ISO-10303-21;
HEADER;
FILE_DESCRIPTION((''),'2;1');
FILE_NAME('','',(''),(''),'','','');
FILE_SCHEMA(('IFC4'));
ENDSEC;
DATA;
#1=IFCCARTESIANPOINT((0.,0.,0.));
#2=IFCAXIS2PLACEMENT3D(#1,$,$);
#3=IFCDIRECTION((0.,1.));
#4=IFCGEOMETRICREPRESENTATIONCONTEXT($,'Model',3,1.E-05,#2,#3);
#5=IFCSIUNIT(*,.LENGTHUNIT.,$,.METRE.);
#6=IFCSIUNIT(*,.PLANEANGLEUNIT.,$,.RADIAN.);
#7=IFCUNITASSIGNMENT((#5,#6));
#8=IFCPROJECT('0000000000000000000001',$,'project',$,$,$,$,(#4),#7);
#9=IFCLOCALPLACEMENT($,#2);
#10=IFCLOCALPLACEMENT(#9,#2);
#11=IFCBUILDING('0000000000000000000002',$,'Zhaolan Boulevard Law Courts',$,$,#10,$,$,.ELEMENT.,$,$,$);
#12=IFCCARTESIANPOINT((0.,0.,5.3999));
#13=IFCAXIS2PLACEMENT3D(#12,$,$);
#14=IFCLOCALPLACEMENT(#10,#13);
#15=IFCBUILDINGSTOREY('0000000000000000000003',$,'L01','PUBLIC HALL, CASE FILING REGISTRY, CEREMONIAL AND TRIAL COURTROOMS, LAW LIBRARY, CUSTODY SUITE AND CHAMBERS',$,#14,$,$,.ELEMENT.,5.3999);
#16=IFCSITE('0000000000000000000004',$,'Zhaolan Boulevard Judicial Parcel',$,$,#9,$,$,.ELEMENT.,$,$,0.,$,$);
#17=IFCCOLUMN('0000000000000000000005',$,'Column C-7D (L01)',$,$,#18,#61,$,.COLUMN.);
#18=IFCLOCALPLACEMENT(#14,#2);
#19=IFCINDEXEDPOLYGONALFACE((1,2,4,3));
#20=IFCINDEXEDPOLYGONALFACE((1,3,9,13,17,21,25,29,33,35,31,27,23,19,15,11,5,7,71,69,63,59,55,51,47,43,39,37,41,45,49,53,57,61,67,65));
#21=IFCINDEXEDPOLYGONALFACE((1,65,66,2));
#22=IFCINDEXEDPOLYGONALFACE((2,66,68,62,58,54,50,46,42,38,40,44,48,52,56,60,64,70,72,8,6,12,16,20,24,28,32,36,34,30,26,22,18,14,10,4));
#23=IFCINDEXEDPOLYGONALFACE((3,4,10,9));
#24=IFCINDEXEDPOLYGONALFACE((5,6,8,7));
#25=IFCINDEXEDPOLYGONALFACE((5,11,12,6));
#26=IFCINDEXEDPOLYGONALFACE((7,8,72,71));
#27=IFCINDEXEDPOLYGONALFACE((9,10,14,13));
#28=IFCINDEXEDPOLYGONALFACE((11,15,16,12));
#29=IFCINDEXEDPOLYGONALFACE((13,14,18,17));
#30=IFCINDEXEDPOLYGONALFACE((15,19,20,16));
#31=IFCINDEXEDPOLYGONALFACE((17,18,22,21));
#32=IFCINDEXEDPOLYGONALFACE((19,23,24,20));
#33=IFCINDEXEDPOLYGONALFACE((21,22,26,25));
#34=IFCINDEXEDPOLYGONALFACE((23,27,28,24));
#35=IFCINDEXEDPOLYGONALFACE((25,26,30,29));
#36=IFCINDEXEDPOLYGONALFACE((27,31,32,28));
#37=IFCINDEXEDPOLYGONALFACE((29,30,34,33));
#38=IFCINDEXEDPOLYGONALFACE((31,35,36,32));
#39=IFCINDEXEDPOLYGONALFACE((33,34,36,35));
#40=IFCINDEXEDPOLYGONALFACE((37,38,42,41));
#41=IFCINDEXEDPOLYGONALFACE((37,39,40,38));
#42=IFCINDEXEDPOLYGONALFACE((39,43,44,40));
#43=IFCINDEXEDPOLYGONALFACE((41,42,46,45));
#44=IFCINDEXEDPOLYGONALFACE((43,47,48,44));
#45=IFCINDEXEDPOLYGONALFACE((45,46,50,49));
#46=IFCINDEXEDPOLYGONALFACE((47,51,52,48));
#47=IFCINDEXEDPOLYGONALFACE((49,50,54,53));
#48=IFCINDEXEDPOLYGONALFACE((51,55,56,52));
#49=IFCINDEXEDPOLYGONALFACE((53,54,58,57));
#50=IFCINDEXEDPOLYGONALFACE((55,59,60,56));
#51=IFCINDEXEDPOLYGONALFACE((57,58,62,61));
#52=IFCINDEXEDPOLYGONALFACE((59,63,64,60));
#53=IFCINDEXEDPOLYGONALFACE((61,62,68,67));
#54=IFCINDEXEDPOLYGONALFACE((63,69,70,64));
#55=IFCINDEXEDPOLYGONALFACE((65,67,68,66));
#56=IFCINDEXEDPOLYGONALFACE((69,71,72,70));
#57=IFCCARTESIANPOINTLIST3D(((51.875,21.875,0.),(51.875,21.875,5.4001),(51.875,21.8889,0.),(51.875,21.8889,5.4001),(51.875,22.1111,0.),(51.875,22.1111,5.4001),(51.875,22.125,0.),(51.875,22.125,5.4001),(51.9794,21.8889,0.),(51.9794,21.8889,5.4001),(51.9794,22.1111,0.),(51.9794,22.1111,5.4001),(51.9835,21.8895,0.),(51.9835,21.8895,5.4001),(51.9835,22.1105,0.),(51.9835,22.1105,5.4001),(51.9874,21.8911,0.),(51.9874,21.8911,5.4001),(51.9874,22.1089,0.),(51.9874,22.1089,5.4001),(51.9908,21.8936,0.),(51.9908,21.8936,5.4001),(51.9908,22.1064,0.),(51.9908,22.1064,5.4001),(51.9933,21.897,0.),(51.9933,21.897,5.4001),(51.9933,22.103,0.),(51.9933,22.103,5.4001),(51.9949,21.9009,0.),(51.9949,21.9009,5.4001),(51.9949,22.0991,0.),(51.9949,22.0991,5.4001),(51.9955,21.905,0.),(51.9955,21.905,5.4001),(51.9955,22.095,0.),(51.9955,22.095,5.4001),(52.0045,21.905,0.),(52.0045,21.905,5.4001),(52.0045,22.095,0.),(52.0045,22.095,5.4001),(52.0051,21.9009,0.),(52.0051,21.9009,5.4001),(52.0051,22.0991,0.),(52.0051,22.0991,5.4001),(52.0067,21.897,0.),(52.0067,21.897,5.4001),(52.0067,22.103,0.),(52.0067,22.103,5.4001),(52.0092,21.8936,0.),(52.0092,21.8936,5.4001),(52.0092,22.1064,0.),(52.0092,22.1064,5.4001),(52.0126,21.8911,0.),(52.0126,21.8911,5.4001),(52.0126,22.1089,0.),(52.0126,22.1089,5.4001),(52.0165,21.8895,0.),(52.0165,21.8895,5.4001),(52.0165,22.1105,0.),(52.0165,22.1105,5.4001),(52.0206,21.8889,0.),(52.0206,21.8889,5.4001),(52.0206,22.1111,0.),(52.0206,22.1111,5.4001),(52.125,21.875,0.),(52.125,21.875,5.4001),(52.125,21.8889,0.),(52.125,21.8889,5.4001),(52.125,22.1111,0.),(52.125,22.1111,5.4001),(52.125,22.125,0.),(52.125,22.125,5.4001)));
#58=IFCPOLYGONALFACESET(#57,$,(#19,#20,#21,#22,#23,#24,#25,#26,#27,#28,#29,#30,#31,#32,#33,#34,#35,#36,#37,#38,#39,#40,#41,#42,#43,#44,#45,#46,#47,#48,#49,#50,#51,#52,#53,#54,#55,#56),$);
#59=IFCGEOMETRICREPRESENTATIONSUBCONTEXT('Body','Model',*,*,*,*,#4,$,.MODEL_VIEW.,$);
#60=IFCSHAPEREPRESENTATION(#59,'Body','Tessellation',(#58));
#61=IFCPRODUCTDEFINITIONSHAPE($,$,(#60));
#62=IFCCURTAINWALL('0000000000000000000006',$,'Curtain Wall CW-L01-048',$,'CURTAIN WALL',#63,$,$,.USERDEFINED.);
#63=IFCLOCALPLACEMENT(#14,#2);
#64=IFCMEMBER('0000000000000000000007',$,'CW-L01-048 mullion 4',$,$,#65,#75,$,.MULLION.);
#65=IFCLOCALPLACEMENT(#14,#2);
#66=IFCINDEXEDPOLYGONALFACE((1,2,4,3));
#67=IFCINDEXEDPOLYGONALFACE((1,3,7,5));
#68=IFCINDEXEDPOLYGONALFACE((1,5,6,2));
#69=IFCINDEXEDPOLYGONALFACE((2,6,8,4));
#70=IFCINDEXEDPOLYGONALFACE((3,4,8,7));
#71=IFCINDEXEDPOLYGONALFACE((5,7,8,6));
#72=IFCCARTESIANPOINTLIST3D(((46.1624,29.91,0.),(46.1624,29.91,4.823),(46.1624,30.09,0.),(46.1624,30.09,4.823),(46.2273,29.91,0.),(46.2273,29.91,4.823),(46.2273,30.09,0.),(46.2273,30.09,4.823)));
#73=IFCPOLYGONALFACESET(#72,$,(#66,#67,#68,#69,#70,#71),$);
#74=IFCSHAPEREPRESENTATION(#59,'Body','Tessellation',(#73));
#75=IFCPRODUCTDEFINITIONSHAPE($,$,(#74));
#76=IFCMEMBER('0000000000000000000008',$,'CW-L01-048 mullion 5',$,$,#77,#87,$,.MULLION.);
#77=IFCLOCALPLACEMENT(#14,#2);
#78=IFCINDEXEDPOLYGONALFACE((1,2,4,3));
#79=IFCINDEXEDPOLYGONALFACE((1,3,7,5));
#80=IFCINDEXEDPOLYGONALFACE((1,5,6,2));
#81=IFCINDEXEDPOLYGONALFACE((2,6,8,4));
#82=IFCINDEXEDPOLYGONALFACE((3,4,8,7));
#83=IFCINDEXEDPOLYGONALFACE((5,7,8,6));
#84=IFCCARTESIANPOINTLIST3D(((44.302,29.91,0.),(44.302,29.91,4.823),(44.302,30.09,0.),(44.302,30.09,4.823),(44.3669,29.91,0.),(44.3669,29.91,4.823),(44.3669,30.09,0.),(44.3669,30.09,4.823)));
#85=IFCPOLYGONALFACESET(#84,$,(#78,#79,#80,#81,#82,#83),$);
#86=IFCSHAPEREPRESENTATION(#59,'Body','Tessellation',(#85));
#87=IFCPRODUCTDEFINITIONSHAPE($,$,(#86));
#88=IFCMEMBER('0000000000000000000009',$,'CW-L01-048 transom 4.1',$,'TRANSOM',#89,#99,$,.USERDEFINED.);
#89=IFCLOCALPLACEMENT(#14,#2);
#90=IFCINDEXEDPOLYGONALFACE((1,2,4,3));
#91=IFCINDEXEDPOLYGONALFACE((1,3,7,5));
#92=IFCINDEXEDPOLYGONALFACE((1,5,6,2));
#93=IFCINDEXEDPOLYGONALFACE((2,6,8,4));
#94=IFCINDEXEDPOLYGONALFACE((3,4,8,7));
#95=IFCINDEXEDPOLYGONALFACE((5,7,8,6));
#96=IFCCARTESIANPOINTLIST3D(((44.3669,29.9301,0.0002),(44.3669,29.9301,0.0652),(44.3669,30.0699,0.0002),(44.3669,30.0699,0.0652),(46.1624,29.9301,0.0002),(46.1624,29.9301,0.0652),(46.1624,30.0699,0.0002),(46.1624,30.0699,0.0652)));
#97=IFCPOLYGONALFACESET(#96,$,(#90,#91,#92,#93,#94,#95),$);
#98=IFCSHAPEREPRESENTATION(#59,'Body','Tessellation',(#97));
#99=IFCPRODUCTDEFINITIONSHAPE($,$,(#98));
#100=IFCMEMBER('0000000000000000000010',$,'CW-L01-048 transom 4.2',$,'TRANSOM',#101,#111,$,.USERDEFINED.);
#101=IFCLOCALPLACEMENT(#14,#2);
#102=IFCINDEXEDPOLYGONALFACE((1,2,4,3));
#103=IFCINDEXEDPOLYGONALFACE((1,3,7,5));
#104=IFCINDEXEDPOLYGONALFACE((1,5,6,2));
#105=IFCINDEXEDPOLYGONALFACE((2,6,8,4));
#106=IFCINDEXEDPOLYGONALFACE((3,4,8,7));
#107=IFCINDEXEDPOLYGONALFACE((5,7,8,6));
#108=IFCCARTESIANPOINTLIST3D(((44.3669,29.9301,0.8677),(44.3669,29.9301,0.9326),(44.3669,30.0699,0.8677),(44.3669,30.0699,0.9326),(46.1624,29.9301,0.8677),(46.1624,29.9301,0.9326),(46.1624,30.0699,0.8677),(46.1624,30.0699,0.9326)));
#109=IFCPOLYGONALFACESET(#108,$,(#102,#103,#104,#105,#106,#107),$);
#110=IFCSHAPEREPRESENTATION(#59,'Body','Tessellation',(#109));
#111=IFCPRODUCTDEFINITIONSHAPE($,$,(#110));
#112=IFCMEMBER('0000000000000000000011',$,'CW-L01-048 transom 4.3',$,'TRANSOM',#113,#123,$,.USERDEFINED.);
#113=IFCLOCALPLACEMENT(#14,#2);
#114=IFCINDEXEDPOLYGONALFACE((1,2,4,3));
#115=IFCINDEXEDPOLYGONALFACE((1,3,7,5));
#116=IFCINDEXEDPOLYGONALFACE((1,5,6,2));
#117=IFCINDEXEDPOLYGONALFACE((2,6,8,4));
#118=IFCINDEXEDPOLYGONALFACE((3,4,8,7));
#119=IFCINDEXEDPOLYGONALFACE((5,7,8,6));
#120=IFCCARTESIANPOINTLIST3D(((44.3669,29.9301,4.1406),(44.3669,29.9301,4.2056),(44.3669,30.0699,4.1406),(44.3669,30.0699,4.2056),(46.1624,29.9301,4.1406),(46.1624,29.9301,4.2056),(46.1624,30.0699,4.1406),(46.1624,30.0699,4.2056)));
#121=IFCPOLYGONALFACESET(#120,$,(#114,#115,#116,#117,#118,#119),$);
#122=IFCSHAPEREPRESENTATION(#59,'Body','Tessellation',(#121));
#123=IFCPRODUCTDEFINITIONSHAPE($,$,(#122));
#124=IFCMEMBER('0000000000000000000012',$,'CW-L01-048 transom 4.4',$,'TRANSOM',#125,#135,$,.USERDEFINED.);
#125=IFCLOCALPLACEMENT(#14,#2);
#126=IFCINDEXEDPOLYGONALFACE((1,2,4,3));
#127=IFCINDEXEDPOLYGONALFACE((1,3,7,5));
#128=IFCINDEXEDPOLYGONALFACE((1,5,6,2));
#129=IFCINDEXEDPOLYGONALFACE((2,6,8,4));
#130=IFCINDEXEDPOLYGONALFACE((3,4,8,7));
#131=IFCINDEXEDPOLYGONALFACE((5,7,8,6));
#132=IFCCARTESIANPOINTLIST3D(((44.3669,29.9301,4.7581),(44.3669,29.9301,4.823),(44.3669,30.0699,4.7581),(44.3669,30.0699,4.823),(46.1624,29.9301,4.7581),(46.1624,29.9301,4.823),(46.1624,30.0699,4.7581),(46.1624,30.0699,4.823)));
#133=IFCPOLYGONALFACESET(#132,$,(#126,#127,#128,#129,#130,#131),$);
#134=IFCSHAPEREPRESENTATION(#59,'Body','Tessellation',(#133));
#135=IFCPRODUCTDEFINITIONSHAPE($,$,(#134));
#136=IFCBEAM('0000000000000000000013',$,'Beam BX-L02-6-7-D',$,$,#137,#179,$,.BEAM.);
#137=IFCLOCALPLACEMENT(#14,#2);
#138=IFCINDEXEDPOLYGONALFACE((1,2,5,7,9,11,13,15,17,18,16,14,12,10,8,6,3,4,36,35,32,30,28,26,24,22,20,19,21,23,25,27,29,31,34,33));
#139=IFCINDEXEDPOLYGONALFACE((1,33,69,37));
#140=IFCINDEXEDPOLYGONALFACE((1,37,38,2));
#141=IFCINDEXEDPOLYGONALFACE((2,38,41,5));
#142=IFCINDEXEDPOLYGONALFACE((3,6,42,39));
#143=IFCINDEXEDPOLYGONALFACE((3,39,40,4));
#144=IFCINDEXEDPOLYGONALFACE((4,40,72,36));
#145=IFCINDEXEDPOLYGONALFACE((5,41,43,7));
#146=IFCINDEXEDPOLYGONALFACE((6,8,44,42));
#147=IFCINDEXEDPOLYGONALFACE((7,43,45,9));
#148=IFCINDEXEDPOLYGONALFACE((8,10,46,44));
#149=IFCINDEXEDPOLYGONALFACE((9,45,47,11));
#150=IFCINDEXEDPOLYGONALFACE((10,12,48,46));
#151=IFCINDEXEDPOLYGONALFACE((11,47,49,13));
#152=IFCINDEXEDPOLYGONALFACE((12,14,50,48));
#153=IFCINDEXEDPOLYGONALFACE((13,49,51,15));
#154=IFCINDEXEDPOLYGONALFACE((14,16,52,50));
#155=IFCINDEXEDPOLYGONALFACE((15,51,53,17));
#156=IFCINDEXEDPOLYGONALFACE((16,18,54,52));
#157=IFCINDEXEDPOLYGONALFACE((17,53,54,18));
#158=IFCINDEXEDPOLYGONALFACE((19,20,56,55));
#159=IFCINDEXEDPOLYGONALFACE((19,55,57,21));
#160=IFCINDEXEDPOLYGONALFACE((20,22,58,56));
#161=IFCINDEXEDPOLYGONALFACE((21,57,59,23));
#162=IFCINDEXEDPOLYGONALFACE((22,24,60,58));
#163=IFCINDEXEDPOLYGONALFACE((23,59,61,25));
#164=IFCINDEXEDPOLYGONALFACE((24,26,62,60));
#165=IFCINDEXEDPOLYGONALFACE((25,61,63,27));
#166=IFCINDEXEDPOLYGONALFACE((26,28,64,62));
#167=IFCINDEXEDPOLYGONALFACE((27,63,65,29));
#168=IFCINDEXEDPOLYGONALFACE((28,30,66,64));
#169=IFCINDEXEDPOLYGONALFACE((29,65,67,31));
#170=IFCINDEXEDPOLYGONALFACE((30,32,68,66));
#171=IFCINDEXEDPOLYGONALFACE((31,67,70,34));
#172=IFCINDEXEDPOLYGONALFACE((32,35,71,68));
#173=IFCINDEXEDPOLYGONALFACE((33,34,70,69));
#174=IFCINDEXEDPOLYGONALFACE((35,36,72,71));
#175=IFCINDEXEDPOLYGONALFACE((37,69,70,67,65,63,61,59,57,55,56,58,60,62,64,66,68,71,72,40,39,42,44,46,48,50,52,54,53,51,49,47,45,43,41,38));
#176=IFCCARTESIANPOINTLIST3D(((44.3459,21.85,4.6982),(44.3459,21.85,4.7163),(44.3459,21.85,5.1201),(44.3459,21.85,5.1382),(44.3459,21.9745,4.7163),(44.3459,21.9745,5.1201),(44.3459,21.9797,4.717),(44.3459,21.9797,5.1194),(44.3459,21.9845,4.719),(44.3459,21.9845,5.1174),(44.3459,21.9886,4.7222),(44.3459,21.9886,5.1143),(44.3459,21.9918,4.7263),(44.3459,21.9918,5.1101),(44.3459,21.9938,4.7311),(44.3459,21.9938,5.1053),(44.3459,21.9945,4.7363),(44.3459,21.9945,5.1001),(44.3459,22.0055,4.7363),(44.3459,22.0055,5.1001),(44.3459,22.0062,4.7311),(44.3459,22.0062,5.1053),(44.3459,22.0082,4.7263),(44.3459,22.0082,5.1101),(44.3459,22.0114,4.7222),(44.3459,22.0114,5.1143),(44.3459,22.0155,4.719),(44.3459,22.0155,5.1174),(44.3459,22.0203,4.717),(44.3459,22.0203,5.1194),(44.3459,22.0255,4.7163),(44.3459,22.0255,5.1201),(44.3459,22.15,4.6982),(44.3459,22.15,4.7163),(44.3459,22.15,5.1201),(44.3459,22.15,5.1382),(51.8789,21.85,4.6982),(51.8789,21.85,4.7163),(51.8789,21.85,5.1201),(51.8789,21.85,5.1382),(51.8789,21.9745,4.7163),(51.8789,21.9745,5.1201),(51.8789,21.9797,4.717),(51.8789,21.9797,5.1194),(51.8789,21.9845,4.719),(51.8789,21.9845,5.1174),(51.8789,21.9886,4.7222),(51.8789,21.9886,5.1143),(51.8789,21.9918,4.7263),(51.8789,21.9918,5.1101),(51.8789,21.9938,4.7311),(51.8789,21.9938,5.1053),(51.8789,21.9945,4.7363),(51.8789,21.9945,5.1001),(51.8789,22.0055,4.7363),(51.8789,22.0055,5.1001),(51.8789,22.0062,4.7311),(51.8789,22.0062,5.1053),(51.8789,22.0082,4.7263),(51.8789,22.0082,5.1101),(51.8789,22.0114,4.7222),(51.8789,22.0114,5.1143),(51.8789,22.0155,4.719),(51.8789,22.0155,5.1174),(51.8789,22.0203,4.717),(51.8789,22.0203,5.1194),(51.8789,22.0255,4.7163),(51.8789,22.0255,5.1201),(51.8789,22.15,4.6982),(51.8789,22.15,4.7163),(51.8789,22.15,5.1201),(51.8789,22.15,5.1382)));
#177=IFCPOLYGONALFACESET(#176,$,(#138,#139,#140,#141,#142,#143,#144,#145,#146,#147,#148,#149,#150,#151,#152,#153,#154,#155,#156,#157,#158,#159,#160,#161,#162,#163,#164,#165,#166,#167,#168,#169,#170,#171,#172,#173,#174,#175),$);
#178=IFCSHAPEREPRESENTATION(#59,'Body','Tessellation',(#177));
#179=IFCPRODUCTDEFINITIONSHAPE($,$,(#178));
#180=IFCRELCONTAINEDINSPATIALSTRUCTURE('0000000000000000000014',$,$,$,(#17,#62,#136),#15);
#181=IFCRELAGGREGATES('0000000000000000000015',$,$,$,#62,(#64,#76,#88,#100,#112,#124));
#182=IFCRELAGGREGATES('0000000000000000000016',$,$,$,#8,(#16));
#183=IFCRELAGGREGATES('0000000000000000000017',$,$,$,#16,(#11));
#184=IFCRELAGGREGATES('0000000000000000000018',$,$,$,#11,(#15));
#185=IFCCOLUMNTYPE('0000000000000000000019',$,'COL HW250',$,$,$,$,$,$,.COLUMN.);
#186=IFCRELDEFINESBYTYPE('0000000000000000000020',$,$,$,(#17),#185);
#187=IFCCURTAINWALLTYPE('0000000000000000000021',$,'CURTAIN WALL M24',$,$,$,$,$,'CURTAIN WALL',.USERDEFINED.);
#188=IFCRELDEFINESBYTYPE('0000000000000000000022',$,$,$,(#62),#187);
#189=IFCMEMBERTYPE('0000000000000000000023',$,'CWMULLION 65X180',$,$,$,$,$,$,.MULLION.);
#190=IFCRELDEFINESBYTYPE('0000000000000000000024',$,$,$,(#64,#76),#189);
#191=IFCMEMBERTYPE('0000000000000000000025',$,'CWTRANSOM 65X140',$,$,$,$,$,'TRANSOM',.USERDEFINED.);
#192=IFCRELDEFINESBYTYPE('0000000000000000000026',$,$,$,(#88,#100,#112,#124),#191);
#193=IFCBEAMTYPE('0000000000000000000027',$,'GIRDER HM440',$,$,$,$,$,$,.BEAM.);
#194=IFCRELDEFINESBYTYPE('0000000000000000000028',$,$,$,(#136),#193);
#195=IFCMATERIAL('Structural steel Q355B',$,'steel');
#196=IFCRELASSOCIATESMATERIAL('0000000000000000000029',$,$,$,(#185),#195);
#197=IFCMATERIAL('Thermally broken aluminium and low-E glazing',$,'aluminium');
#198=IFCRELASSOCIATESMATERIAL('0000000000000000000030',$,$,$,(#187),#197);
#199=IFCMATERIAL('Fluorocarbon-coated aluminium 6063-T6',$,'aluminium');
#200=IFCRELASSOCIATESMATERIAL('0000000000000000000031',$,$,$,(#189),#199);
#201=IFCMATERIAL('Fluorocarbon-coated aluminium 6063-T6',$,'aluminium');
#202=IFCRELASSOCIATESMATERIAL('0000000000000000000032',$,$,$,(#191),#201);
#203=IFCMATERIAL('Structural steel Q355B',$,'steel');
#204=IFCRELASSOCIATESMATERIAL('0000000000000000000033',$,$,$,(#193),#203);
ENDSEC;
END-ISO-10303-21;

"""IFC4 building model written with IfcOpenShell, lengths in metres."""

from ifc_helpers import new_model, si_unit, direction, frame, origin, origin_2d, place, context, subcontext, project, spatial, rectangle, i_section, extrude, material, material_profile, profile_set, type_object, element, aggregate, save


model = new_model("IFC4")

# Units and contexts
model_context = context("Model", 3, precision=1e-05, world=origin(), true_north=direction((0.0, 1.0)))
body_context = subcontext(model_context, "Body", "Model", "MODEL_VIEW")
ifc_project = project(units=[si_unit("LENGTHUNIT", "METRE"), si_unit("PLANEANGLEUNIT", "RADIAN")], contexts=[model_context])

# Site, building, storey
site_placement = place(None, origin())
site = spatial("IfcSite", under=ifc_project, at=site_placement, Name="Zhaolan Boulevard Judicial Parcel", CompositionType="ELEMENT", RefElevation=0.0)
building_placement = place(site_placement, origin())
building = spatial("IfcBuilding", under=site, at=building_placement, Name="Zhaolan Boulevard Law Courts", CompositionType="ELEMENT")
storey_placement = place(building_placement, frame((0.0, 0.0, 5.3999)))
storey = spatial("IfcBuildingStorey", under=building, at=storey_placement, Name="L01", Description="PUBLIC HALL, CASE FILING REGISTRY, CEREMONIAL AND TRIAL COURTROOMS, LAW LIBRARY, CUSTODY SUITE AND CHAMBERS", CompositionType="ELEMENT", Elevation=5.3999)

# Column
ifc_material_1 = material(Name="Structural steel Q355B", Category="steel")
ifc_material_profile_1 = material_profile(ifc_material_1, i_section(OverallWidth=0.25, OverallDepth=0.25, WebThickness=0.009, FlangeThickness=0.0139, FilletRadius=0.0161, at=origin_2d()), Name="HW250x250")
ifc_profile_set_1 = profile_set([ifc_material_profile_1], Name="Structural steel Q355B")
column_type = type_object("IfcColumnType", Name="COL HW250", PredefinedType="COLUMN", material=ifc_profile_set_1)
column_placement = place(storey_placement, frame((52.0, 22.0, 0.0), z_axis=(0.0, 0.0, 1.0), x_axis=(1.0, 0.0, 0.0)))
element("IfcColumn", 1, at=column_placement, inside=storey, type_object=column_type, Name="Column C-7D (L01)", PredefinedType="COLUMN", context=body_context, shape_type="SweptSolid", body=[
    extrude(i_section(OverallWidth=0.25, OverallDepth=0.25, WebThickness=0.009, FlangeThickness=0.0139, FilletRadius=0.0161, at=origin_2d()), origin(), (0.0, 0.0, 1.0), 5.4001),
])

# Curtain wall, members
ifc_material_2 = material(Name="Thermally broken aluminium and low-E glazing", Category="aluminium")
curtain_wall_type = type_object("IfcCurtainWallType", Name="CURTAIN WALL M24", ElementType="CURTAIN WALL", PredefinedType="USERDEFINED", material=ifc_material_2)
curtain_wall_placement = place(storey_placement, origin())
curtain_wall = element("IfcCurtainWall", 2, at=curtain_wall_placement, inside=storey, type_object=curtain_wall_type, Name="Curtain Wall CW-L01-048", ObjectType="CURTAIN WALL", PredefinedType="USERDEFINED")
ifc_material_3 = material(Name="Fluorocarbon-coated aluminium 6063-T6", Category="aluminium")
ifc_material_profile_2 = material_profile(ifc_material_3, rectangle(XDim=0.1799, YDim=0.0649, at=origin_2d()), Name="AL65x180")
ifc_profile_set_2 = profile_set([ifc_material_profile_2], Name="Fluorocarbon-coated aluminium 6063-T6")
member_type_1 = type_object("IfcMemberType", Name="CWMULLION 65X180", PredefinedType="MULLION", material=ifc_profile_set_2)
member_1_placement = place(storey_placement, frame((46.1948, 30.0, 0.0), z_axis=(0.0, 0.0, 1.0), x_axis=(0.0, -1.0, 0.0)))
member_1 = element("IfcMember", 3, at=member_1_placement, type_object=member_type_1, Name="CW-L01-048 mullion 4", PredefinedType="MULLION", context=body_context, shape_type="SweptSolid", body=[
    extrude(rectangle(XDim=0.1799, YDim=0.0649, at=origin_2d()), origin(), (0.0, 0.0, 1.0), 4.823),
])
member_2_placement = place(storey_placement, frame((44.3345, 30.0, 0.0), z_axis=(0.0, 0.0, 1.0), x_axis=(0.0, -1.0, 0.0)))
member_2 = element("IfcMember", 4, at=member_2_placement, type_object=member_type_1, Name="CW-L01-048 mullion 5", PredefinedType="MULLION", context=body_context, shape_type="SweptSolid", body=[
    extrude(rectangle(XDim=0.1799, YDim=0.0649, at=origin_2d()), origin(), (0.0, 0.0, 1.0), 4.823),
])
ifc_material_4 = material(Name="Fluorocarbon-coated aluminium 6063-T6", Category="aluminium")
ifc_material_profile_3 = material_profile(ifc_material_4, rectangle(XDim=0.1399, YDim=0.0649, at=origin_2d()), Name="AL65x140")
ifc_profile_set_3 = profile_set([ifc_material_profile_3], Name="Fluorocarbon-coated aluminium 6063-T6")
member_type_2 = type_object("IfcMemberType", Name="CWTRANSOM 65X140", ElementType="TRANSOM", PredefinedType="USERDEFINED", material=ifc_profile_set_3)
member_3_placement = place(storey_placement, frame((46.1624, 30.0, 0.0327), z_axis=(-1.0, 0.0, 0.0), x_axis=(0.0, -1.0, 0.0)))
member_3 = element("IfcMember", 5, at=member_3_placement, type_object=member_type_2, Name="CW-L01-048 transom 4.1", ObjectType="TRANSOM", PredefinedType="USERDEFINED", context=body_context, shape_type="SweptSolid", body=[
    extrude(rectangle(XDim=0.1399, YDim=0.0649, at=origin_2d()), origin(), (0.0, 0.0, 1.0), 1.7954),
])
member_4_placement = place(storey_placement, frame((46.1624, 30.0, 0.9001), z_axis=(-1.0, 0.0, 0.0), x_axis=(0.0, -1.0, 0.0)))
member_4 = element("IfcMember", 6, at=member_4_placement, type_object=member_type_2, Name="CW-L01-048 transom 4.2", ObjectType="TRANSOM", PredefinedType="USERDEFINED", context=body_context, shape_type="SweptSolid", body=[
    extrude(rectangle(XDim=0.1399, YDim=0.0649, at=origin_2d()), origin(), (0.0, 0.0, 1.0), 1.7954),
])
member_5_placement = place(storey_placement, frame((46.1624, 30.0, 4.1731), z_axis=(-1.0, 0.0, 0.0), x_axis=(0.0, -1.0, 0.0)))
member_5 = element("IfcMember", 7, at=member_5_placement, type_object=member_type_2, Name="CW-L01-048 transom 4.3", ObjectType="TRANSOM", PredefinedType="USERDEFINED", context=body_context, shape_type="SweptSolid", body=[
    extrude(rectangle(XDim=0.1399, YDim=0.0649, at=origin_2d()), origin(), (0.0, 0.0, 1.0), 1.7954),
])
member_6_placement = place(storey_placement, frame((46.1624, 30.0, 4.7905), z_axis=(-1.0, 0.0, 0.0), x_axis=(0.0, -1.0, 0.0)))
member_6 = element("IfcMember", 8, at=member_6_placement, type_object=member_type_2, Name="CW-L01-048 transom 4.4", ObjectType="TRANSOM", PredefinedType="USERDEFINED", context=body_context, shape_type="SweptSolid", body=[
    extrude(rectangle(XDim=0.1399, YDim=0.0649, at=origin_2d()), origin(), (0.0, 0.0, 1.0), 1.7954),
])

# Beam
ifc_material_5 = material(Name="Structural steel Q355B", Category="steel")
ifc_material_profile_4 = material_profile(ifc_material_5, i_section(OverallWidth=0.3, OverallDepth=0.4399, WebThickness=0.011, FlangeThickness=0.0181, FilletRadius=0.02, at=origin_2d()), Name="HM440x300")
ifc_profile_set_4 = profile_set([ifc_material_profile_4], Name="Structural steel Q355B")
beam_type_1 = type_object("IfcBeamType", Name="GIRDER HM440", PredefinedType="BEAM", material=ifc_profile_set_4)
beam_1_placement = place(storey_placement, frame((44.3459, 22.0, 4.9182), z_axis=(1.0, 0.0, 0.0), x_axis=(0.0, 1.0, 0.0)))
element("IfcBeam", 9, at=beam_1_placement, inside=storey, type_object=beam_type_1, Name="Beam BX-L02-6-7-D", PredefinedType="BEAM", context=body_context, shape_type="SweptSolid", body=[
    extrude(i_section(OverallWidth=0.3, OverallDepth=0.4399, WebThickness=0.011, FlangeThickness=0.0181, FilletRadius=0.02, at=origin_2d()), origin(), (0.0, 0.0, 1.0), 7.533),
])

aggregate(curtain_wall, [member_1, member_2, member_3, member_4, member_5, member_6])

save(model, "model.ifc")
